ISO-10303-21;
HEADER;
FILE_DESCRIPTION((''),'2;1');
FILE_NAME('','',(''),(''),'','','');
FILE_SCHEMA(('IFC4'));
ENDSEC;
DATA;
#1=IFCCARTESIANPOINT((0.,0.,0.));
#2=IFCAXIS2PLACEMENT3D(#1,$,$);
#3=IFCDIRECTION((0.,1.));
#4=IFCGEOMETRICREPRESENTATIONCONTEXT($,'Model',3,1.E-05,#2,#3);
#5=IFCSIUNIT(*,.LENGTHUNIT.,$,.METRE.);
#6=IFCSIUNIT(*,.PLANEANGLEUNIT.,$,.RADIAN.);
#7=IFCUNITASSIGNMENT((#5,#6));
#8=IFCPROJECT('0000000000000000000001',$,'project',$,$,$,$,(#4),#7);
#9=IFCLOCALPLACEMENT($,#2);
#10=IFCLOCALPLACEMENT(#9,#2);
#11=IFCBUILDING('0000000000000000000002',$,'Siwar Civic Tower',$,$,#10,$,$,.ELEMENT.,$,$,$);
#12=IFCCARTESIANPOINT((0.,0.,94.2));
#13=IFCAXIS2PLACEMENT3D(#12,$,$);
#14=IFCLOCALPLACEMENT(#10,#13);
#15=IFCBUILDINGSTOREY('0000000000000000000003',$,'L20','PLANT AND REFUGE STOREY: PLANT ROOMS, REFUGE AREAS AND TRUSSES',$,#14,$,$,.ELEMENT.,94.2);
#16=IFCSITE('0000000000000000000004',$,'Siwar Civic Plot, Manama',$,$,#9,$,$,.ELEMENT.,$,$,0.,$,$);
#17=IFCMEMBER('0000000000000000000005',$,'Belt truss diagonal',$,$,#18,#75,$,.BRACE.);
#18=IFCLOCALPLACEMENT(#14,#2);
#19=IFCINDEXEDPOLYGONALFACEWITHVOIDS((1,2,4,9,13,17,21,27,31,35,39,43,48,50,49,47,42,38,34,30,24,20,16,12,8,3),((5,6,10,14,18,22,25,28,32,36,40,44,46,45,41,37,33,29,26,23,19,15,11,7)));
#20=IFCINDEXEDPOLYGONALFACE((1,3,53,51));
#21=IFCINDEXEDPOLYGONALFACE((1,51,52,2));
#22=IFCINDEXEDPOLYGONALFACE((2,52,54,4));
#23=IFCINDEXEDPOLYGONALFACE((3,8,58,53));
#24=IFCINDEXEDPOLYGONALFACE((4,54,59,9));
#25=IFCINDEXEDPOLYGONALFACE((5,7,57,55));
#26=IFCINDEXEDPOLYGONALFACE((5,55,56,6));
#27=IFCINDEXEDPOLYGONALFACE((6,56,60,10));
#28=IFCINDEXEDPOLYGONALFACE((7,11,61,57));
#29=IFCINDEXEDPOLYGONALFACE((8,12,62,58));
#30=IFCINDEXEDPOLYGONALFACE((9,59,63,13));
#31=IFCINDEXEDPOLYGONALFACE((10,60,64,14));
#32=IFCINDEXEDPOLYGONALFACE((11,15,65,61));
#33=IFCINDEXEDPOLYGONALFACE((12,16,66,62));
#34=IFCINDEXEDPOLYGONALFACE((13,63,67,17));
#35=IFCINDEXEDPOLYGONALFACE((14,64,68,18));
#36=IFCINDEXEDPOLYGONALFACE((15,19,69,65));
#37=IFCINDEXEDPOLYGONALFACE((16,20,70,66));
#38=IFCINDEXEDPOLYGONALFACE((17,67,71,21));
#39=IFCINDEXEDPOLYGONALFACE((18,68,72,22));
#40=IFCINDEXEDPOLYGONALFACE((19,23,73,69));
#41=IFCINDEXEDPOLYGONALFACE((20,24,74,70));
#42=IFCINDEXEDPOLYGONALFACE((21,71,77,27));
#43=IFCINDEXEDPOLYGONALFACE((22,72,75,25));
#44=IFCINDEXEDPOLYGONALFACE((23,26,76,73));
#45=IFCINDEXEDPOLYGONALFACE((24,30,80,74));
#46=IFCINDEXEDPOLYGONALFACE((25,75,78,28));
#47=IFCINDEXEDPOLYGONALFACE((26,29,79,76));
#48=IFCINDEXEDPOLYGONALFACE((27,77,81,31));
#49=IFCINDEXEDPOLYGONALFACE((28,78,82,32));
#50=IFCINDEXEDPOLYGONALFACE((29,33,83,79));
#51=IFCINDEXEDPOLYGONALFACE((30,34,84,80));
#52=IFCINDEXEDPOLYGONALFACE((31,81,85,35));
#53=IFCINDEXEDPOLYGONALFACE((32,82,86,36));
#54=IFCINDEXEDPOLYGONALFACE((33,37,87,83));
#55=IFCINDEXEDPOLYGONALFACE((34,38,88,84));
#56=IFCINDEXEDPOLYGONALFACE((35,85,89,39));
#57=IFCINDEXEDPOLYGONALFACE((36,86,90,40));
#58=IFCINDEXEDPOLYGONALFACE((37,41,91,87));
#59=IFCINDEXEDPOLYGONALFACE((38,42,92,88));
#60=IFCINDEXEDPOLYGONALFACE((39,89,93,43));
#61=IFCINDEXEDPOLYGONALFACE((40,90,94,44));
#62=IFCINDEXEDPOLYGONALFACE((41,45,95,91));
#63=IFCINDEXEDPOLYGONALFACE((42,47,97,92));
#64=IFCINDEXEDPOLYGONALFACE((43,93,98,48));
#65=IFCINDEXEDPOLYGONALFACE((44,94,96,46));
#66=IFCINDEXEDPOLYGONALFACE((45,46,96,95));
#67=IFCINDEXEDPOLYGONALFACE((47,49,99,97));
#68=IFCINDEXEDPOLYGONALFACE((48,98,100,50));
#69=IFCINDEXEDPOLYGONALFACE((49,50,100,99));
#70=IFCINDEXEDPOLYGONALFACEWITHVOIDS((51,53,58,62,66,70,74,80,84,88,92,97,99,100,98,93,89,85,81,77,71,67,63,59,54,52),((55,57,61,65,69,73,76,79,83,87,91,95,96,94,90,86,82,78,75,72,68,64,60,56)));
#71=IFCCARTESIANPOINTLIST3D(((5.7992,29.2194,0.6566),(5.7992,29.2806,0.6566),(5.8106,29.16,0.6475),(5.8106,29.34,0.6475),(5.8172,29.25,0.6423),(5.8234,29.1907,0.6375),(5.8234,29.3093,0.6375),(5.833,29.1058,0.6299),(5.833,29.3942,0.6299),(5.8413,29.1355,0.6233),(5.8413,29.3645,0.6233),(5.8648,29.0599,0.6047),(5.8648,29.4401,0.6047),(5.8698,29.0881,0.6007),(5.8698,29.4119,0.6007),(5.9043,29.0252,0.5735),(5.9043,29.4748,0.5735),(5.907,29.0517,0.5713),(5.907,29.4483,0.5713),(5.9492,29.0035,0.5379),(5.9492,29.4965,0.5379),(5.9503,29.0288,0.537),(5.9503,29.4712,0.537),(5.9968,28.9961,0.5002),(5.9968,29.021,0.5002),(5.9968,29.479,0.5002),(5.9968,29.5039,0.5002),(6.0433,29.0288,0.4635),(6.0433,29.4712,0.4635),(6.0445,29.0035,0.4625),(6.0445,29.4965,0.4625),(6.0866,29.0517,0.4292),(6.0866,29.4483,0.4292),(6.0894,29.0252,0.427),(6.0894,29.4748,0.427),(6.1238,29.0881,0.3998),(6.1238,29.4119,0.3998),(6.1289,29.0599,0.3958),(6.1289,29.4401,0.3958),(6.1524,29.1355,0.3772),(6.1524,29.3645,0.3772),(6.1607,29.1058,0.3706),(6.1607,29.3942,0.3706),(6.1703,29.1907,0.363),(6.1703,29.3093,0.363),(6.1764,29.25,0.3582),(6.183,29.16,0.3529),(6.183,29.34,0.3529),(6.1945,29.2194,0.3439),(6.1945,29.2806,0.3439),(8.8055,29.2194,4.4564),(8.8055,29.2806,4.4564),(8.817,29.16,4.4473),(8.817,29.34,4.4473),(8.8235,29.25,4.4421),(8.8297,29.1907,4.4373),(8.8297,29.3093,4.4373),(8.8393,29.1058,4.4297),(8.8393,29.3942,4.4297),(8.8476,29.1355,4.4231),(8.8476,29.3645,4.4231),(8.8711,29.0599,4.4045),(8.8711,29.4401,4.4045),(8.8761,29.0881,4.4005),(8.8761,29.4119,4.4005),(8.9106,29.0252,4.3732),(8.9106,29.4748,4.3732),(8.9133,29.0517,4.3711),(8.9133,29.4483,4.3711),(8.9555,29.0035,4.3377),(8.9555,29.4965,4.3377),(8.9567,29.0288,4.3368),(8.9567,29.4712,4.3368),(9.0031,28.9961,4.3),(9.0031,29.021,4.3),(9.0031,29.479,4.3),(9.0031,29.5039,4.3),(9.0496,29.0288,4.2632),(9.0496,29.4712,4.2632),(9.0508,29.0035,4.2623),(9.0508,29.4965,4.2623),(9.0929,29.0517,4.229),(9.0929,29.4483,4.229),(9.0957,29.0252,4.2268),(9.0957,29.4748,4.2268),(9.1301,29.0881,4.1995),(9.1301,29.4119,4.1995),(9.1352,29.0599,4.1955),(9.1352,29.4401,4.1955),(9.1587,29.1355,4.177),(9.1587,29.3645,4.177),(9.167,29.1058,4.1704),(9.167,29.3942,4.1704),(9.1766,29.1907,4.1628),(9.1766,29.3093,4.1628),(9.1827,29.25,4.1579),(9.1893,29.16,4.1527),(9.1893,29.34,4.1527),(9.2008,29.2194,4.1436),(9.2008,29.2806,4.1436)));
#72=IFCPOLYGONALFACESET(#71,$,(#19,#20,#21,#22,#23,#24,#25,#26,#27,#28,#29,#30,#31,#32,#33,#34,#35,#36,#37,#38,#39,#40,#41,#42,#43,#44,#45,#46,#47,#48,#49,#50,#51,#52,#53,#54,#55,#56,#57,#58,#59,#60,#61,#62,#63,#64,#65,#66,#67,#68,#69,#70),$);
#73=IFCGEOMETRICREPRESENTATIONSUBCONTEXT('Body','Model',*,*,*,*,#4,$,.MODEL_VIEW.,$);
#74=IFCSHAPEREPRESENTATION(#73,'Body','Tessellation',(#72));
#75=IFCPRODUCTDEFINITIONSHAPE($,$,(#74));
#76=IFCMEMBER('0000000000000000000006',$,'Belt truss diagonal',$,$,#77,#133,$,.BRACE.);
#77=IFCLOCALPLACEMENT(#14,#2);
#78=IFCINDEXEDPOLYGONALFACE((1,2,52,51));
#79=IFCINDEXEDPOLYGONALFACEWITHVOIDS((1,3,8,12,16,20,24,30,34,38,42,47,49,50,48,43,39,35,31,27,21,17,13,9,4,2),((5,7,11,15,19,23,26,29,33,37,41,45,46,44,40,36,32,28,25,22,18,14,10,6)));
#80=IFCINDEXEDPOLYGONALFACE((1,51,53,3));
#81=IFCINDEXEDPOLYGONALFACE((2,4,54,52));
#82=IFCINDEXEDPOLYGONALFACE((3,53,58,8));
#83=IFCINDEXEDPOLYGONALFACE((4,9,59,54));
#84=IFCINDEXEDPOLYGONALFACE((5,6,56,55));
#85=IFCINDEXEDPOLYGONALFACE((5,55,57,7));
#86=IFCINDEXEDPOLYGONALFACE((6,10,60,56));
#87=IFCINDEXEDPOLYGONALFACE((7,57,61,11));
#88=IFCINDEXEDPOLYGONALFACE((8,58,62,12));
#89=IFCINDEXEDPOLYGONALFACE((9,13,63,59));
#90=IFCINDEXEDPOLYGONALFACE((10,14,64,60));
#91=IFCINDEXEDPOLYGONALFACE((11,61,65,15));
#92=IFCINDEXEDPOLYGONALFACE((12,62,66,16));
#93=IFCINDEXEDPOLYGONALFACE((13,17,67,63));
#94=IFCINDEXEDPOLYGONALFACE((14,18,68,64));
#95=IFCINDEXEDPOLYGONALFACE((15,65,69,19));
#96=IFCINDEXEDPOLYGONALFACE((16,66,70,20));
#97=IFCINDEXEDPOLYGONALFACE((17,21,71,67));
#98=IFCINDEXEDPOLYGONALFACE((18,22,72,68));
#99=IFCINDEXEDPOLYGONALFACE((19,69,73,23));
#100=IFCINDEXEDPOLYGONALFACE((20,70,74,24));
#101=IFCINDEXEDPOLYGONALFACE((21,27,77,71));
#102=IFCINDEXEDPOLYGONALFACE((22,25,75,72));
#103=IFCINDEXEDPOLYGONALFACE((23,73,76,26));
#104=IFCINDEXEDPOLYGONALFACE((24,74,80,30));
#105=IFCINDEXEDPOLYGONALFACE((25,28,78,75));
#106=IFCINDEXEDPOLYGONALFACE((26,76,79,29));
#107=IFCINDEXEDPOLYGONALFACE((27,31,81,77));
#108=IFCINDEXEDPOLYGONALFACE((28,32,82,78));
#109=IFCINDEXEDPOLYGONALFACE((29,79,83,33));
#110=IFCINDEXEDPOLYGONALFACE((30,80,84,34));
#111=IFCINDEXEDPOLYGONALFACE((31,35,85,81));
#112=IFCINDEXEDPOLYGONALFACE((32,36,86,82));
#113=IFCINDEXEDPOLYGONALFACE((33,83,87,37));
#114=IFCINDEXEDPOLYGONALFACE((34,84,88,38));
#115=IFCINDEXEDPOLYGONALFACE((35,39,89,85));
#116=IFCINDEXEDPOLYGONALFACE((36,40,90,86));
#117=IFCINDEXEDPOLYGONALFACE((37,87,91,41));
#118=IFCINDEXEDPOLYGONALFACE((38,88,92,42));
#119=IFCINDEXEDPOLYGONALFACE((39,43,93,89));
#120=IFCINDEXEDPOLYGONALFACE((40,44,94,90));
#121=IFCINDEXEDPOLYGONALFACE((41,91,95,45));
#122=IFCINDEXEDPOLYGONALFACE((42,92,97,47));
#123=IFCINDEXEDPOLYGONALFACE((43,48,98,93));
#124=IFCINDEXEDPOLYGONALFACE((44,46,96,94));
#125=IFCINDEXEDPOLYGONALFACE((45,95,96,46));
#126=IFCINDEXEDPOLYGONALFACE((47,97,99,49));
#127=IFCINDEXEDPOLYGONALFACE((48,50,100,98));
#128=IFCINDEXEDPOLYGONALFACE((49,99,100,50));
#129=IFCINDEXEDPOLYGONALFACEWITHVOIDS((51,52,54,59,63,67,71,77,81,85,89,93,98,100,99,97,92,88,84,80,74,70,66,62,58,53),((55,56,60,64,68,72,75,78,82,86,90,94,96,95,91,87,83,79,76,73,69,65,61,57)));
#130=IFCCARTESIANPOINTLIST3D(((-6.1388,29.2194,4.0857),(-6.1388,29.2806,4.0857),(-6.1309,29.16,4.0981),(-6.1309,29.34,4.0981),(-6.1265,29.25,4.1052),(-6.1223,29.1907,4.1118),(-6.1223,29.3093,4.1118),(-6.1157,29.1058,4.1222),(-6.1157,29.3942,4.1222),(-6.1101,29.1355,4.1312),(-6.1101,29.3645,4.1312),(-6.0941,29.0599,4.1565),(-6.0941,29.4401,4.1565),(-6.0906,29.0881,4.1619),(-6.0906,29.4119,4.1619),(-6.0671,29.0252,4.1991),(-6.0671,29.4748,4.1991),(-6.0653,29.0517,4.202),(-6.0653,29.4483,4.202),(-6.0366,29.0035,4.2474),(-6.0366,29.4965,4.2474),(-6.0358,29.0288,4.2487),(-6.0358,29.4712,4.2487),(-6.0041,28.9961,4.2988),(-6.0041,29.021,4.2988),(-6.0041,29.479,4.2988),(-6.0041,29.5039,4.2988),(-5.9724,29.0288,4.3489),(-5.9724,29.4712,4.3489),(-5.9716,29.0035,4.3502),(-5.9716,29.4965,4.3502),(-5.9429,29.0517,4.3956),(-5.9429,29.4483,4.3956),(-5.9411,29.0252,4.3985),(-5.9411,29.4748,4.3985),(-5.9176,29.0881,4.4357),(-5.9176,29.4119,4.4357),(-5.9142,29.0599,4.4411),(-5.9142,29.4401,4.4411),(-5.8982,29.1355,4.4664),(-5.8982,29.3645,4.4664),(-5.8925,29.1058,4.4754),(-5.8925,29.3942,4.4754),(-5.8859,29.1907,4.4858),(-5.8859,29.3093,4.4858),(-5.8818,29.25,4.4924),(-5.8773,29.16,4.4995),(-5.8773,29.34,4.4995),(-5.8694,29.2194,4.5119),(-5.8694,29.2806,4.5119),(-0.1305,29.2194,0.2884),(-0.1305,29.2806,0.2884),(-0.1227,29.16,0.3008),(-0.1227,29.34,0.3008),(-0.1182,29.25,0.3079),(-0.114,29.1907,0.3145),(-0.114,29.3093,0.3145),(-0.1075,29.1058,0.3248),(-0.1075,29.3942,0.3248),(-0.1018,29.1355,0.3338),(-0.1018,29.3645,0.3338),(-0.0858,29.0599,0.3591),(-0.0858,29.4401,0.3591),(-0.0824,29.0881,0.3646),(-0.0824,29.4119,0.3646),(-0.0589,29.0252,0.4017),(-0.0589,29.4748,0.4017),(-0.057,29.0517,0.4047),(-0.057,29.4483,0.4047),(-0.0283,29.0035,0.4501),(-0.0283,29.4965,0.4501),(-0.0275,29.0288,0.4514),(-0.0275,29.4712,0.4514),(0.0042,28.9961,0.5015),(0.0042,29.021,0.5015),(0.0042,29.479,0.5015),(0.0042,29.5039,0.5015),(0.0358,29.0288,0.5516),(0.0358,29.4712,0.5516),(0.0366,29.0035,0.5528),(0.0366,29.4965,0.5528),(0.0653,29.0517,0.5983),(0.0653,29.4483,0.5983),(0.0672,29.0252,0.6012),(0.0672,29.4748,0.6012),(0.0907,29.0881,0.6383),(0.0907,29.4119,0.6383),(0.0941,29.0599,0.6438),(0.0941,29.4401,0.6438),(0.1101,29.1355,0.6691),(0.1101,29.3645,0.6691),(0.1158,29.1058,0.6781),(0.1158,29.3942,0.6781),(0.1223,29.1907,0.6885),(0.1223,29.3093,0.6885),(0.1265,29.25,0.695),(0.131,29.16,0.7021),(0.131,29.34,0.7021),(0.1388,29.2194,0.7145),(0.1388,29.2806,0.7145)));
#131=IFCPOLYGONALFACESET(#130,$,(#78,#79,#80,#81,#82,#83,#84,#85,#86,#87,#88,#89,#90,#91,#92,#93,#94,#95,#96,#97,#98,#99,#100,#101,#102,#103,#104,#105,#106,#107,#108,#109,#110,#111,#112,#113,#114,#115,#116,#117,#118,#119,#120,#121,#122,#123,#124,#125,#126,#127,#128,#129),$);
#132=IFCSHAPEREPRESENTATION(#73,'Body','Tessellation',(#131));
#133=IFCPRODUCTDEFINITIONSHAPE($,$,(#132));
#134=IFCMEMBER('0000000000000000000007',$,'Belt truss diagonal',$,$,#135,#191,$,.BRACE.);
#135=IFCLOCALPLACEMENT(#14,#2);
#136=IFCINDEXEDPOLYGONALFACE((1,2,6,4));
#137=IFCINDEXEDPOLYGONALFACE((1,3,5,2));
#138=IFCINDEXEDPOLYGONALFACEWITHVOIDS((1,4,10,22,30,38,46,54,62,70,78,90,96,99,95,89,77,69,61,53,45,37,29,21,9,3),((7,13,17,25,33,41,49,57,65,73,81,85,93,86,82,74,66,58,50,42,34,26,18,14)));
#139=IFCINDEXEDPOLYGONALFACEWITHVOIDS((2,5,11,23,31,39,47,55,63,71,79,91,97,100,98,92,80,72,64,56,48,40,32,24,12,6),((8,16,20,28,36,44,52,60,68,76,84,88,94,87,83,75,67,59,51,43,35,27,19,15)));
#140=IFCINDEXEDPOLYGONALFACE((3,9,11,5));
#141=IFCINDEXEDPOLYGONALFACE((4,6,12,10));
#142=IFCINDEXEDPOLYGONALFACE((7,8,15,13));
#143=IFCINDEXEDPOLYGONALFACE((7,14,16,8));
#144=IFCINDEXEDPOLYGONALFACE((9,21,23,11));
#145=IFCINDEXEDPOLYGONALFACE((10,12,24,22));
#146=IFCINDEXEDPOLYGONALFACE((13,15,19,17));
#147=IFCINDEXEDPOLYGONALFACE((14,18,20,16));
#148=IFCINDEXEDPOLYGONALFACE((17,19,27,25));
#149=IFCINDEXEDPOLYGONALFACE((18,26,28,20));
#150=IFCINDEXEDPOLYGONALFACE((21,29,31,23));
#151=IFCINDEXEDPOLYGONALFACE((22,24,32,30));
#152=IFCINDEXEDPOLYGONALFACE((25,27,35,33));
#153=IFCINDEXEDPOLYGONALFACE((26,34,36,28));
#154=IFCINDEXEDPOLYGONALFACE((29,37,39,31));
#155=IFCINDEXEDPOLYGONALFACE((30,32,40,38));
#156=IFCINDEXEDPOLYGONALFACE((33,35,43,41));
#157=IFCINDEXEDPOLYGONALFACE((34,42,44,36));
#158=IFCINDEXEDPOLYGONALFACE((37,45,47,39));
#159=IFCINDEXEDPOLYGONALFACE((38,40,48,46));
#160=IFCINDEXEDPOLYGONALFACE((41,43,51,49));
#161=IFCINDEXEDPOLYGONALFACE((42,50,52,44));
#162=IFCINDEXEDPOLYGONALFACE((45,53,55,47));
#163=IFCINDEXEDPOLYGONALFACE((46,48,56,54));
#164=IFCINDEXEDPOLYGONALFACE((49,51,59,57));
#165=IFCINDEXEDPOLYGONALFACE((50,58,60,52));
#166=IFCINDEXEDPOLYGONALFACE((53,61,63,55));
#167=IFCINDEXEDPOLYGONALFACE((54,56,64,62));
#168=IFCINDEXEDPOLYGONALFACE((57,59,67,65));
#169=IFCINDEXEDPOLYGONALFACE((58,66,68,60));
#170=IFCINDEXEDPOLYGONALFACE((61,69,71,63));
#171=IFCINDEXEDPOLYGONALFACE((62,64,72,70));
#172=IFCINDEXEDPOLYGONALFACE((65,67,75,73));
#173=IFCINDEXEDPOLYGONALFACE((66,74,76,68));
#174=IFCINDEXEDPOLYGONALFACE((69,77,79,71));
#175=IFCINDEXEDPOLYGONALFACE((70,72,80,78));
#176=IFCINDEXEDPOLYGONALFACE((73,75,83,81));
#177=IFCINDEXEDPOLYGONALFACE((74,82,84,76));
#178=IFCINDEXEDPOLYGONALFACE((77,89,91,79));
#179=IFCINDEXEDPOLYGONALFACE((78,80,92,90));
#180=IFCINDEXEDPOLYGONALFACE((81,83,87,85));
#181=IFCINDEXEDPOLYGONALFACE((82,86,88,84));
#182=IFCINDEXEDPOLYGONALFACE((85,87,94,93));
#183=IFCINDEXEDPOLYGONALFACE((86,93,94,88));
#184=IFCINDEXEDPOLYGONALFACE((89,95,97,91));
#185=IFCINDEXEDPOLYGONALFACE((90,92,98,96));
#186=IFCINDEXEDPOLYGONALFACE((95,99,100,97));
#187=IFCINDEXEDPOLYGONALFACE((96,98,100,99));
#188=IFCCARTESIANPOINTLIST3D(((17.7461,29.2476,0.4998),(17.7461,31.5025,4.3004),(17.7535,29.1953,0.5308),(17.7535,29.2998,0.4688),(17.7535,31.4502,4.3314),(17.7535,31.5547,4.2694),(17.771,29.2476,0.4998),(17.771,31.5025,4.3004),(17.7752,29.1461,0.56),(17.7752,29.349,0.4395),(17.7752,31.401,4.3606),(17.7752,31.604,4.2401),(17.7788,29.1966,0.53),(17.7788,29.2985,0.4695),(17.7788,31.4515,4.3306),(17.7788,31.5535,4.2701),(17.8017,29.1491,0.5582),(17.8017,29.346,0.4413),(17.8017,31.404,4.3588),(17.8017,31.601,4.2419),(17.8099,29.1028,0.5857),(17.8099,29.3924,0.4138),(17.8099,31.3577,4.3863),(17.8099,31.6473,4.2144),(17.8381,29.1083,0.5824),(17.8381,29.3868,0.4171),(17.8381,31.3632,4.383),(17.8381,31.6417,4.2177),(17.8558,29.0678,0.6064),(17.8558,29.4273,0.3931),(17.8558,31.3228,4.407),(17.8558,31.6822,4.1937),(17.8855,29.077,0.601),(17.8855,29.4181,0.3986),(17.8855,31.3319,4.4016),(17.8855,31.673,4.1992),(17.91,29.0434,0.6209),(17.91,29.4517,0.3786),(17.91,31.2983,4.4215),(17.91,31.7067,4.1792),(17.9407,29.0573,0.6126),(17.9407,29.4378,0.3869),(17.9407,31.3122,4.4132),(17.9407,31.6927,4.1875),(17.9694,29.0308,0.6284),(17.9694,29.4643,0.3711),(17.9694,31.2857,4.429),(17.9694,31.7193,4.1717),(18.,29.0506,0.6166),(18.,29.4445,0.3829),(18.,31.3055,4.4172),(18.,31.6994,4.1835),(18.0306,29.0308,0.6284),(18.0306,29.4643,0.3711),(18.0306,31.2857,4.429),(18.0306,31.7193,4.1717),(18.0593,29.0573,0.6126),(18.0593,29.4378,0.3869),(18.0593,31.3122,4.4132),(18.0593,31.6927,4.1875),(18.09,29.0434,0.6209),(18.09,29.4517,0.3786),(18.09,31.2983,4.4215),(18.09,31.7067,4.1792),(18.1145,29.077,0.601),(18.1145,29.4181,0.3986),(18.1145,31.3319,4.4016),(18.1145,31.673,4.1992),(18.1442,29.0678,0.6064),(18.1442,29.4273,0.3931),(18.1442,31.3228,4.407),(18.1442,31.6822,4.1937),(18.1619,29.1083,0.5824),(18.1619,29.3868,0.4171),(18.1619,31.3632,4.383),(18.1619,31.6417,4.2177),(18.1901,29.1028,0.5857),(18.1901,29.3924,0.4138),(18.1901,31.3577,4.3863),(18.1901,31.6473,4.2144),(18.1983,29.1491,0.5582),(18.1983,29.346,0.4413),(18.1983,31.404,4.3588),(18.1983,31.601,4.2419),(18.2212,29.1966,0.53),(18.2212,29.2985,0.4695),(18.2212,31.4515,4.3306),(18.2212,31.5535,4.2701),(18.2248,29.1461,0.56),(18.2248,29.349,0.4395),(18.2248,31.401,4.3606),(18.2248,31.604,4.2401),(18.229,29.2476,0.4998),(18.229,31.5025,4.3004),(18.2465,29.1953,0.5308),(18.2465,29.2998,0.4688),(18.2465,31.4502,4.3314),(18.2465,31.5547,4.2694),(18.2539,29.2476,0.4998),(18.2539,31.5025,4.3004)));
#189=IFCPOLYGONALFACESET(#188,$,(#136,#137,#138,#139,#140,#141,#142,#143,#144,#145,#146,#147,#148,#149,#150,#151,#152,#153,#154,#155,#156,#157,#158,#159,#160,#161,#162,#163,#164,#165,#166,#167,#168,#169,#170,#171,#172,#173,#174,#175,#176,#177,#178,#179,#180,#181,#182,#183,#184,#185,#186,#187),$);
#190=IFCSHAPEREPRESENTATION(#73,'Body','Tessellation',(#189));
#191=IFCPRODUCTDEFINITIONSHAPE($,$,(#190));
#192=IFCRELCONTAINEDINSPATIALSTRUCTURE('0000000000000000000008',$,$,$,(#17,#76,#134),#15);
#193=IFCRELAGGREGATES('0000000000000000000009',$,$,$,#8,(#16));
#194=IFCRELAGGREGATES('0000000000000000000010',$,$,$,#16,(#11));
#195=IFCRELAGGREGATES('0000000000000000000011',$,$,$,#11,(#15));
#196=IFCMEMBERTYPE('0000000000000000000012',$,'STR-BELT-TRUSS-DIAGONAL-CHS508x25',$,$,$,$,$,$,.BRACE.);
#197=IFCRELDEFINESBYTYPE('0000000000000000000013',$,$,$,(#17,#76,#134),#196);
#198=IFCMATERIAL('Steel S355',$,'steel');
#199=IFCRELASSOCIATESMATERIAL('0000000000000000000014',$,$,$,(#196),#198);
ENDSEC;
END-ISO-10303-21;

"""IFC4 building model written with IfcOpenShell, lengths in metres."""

from ifc_helpers import new_model, si_unit, direction, frame, origin, origin_2d, place, context, subcontext, project, spatial, hollow_circle, extrude, material, material_profile, profile_set, type_object, element, save


model = new_model("IFC4")

# Units and contexts
model_context = context("Model", 3, precision=1e-05, world=origin(), true_north=direction((0.0, 1.0)))
body_context = subcontext(model_context, "Body", "Model", "MODEL_VIEW")
ifc_project = project(units=[si_unit("LENGTHUNIT", "METRE"), si_unit("PLANEANGLEUNIT", "RADIAN")], contexts=[model_context])

# Site, building, storey
site_placement = place(None, origin())
site = spatial("IfcSite", under=ifc_project, at=site_placement, Name="Siwar Civic Plot, Manama", CompositionType="ELEMENT", RefElevation=0.0)
building_placement = place(site_placement, origin())
building = spatial("IfcBuilding", under=site, at=building_placement, Name="Siwar Civic Tower", CompositionType="ELEMENT")
storey_placement = place(building_placement, frame((0.0, 0.0, 94.2)))
storey = spatial("IfcBuildingStorey", under=building, at=storey_placement, Name="L20", Description="PLANT AND REFUGE STOREY: PLANT ROOMS, REFUGE AREAS AND TRUSSES", CompositionType="ELEMENT", Elevation=94.2)

# Members
ifc_material_1 = material(Name="Steel S355", Category="steel")
ifc_material_profile_1 = material_profile(ifc_material_1, hollow_circle(Radius=0.2539, WallThickness=0.0249, at=origin_2d()), Name="CHS508x25")
ifc_profile_set_1 = profile_set([ifc_material_profile_1], Name="Steel S355")
member_type_1 = type_object("IfcMemberType", Name="STR-BELT-TRUSS-DIAGONAL-CHS508x25", PredefinedType="BRACE", material=ifc_profile_set_1)
member_1_placement = place(storey_placement, frame((5.9968, 29.25, 0.5002), z_axis=(0.620471, 0.0, 0.78423), x_axis=(0.0, 1.0, 0.0)))
element("IfcMember", 1, at=member_1_placement, inside=storey, type_object=member_type_1, Name="Belt truss diagonal", PredefinedType="BRACE", context=body_context, shape_type="SweptSolid", body=[
    extrude(hollow_circle(Radius=0.2539, WallThickness=0.0249, at=origin_2d()), origin(), (0.0, 0.0, 1.0), 4.8452),
])
member_2_placement = place(storey_placement, frame((0.0042, 29.25, 0.5015), z_axis=(-0.845321, 0.0, 0.534259), x_axis=(0.0, -1.0, 0.0)))
element("IfcMember", 2, at=member_2_placement, inside=storey, type_object=member_type_1, Name="Belt truss diagonal", PredefinedType="BRACE", context=body_context, shape_type="SweptSolid", body=[
    extrude(hollow_circle(Radius=0.2539, WallThickness=0.0249, at=origin_2d()), origin(), (0.0, 0.0, 1.0), 7.1077),
])
for number, where, z_axis, x_axis, name in (
    (3, (18.0, 29.2476, 0.4998), (0.0, 0.510257, 0.860022), (-1.0, 0.0, 0.0), "Belt truss diagonal"),
):
    element("IfcMember", number, at=place(storey_placement, frame(where, z_axis=z_axis, x_axis=x_axis)), inside=storey, type_object=member_type_1, Name=name, PredefinedType="BRACE", context=body_context, shape_type="SweptSolid", body=[
        extrude(hollow_circle(Radius=0.2539, WallThickness=0.0249, at=origin_2d()), origin(), (0.0, 0.0, 1.0), 4.4192),
    ])

save(model, "model.ifc")
